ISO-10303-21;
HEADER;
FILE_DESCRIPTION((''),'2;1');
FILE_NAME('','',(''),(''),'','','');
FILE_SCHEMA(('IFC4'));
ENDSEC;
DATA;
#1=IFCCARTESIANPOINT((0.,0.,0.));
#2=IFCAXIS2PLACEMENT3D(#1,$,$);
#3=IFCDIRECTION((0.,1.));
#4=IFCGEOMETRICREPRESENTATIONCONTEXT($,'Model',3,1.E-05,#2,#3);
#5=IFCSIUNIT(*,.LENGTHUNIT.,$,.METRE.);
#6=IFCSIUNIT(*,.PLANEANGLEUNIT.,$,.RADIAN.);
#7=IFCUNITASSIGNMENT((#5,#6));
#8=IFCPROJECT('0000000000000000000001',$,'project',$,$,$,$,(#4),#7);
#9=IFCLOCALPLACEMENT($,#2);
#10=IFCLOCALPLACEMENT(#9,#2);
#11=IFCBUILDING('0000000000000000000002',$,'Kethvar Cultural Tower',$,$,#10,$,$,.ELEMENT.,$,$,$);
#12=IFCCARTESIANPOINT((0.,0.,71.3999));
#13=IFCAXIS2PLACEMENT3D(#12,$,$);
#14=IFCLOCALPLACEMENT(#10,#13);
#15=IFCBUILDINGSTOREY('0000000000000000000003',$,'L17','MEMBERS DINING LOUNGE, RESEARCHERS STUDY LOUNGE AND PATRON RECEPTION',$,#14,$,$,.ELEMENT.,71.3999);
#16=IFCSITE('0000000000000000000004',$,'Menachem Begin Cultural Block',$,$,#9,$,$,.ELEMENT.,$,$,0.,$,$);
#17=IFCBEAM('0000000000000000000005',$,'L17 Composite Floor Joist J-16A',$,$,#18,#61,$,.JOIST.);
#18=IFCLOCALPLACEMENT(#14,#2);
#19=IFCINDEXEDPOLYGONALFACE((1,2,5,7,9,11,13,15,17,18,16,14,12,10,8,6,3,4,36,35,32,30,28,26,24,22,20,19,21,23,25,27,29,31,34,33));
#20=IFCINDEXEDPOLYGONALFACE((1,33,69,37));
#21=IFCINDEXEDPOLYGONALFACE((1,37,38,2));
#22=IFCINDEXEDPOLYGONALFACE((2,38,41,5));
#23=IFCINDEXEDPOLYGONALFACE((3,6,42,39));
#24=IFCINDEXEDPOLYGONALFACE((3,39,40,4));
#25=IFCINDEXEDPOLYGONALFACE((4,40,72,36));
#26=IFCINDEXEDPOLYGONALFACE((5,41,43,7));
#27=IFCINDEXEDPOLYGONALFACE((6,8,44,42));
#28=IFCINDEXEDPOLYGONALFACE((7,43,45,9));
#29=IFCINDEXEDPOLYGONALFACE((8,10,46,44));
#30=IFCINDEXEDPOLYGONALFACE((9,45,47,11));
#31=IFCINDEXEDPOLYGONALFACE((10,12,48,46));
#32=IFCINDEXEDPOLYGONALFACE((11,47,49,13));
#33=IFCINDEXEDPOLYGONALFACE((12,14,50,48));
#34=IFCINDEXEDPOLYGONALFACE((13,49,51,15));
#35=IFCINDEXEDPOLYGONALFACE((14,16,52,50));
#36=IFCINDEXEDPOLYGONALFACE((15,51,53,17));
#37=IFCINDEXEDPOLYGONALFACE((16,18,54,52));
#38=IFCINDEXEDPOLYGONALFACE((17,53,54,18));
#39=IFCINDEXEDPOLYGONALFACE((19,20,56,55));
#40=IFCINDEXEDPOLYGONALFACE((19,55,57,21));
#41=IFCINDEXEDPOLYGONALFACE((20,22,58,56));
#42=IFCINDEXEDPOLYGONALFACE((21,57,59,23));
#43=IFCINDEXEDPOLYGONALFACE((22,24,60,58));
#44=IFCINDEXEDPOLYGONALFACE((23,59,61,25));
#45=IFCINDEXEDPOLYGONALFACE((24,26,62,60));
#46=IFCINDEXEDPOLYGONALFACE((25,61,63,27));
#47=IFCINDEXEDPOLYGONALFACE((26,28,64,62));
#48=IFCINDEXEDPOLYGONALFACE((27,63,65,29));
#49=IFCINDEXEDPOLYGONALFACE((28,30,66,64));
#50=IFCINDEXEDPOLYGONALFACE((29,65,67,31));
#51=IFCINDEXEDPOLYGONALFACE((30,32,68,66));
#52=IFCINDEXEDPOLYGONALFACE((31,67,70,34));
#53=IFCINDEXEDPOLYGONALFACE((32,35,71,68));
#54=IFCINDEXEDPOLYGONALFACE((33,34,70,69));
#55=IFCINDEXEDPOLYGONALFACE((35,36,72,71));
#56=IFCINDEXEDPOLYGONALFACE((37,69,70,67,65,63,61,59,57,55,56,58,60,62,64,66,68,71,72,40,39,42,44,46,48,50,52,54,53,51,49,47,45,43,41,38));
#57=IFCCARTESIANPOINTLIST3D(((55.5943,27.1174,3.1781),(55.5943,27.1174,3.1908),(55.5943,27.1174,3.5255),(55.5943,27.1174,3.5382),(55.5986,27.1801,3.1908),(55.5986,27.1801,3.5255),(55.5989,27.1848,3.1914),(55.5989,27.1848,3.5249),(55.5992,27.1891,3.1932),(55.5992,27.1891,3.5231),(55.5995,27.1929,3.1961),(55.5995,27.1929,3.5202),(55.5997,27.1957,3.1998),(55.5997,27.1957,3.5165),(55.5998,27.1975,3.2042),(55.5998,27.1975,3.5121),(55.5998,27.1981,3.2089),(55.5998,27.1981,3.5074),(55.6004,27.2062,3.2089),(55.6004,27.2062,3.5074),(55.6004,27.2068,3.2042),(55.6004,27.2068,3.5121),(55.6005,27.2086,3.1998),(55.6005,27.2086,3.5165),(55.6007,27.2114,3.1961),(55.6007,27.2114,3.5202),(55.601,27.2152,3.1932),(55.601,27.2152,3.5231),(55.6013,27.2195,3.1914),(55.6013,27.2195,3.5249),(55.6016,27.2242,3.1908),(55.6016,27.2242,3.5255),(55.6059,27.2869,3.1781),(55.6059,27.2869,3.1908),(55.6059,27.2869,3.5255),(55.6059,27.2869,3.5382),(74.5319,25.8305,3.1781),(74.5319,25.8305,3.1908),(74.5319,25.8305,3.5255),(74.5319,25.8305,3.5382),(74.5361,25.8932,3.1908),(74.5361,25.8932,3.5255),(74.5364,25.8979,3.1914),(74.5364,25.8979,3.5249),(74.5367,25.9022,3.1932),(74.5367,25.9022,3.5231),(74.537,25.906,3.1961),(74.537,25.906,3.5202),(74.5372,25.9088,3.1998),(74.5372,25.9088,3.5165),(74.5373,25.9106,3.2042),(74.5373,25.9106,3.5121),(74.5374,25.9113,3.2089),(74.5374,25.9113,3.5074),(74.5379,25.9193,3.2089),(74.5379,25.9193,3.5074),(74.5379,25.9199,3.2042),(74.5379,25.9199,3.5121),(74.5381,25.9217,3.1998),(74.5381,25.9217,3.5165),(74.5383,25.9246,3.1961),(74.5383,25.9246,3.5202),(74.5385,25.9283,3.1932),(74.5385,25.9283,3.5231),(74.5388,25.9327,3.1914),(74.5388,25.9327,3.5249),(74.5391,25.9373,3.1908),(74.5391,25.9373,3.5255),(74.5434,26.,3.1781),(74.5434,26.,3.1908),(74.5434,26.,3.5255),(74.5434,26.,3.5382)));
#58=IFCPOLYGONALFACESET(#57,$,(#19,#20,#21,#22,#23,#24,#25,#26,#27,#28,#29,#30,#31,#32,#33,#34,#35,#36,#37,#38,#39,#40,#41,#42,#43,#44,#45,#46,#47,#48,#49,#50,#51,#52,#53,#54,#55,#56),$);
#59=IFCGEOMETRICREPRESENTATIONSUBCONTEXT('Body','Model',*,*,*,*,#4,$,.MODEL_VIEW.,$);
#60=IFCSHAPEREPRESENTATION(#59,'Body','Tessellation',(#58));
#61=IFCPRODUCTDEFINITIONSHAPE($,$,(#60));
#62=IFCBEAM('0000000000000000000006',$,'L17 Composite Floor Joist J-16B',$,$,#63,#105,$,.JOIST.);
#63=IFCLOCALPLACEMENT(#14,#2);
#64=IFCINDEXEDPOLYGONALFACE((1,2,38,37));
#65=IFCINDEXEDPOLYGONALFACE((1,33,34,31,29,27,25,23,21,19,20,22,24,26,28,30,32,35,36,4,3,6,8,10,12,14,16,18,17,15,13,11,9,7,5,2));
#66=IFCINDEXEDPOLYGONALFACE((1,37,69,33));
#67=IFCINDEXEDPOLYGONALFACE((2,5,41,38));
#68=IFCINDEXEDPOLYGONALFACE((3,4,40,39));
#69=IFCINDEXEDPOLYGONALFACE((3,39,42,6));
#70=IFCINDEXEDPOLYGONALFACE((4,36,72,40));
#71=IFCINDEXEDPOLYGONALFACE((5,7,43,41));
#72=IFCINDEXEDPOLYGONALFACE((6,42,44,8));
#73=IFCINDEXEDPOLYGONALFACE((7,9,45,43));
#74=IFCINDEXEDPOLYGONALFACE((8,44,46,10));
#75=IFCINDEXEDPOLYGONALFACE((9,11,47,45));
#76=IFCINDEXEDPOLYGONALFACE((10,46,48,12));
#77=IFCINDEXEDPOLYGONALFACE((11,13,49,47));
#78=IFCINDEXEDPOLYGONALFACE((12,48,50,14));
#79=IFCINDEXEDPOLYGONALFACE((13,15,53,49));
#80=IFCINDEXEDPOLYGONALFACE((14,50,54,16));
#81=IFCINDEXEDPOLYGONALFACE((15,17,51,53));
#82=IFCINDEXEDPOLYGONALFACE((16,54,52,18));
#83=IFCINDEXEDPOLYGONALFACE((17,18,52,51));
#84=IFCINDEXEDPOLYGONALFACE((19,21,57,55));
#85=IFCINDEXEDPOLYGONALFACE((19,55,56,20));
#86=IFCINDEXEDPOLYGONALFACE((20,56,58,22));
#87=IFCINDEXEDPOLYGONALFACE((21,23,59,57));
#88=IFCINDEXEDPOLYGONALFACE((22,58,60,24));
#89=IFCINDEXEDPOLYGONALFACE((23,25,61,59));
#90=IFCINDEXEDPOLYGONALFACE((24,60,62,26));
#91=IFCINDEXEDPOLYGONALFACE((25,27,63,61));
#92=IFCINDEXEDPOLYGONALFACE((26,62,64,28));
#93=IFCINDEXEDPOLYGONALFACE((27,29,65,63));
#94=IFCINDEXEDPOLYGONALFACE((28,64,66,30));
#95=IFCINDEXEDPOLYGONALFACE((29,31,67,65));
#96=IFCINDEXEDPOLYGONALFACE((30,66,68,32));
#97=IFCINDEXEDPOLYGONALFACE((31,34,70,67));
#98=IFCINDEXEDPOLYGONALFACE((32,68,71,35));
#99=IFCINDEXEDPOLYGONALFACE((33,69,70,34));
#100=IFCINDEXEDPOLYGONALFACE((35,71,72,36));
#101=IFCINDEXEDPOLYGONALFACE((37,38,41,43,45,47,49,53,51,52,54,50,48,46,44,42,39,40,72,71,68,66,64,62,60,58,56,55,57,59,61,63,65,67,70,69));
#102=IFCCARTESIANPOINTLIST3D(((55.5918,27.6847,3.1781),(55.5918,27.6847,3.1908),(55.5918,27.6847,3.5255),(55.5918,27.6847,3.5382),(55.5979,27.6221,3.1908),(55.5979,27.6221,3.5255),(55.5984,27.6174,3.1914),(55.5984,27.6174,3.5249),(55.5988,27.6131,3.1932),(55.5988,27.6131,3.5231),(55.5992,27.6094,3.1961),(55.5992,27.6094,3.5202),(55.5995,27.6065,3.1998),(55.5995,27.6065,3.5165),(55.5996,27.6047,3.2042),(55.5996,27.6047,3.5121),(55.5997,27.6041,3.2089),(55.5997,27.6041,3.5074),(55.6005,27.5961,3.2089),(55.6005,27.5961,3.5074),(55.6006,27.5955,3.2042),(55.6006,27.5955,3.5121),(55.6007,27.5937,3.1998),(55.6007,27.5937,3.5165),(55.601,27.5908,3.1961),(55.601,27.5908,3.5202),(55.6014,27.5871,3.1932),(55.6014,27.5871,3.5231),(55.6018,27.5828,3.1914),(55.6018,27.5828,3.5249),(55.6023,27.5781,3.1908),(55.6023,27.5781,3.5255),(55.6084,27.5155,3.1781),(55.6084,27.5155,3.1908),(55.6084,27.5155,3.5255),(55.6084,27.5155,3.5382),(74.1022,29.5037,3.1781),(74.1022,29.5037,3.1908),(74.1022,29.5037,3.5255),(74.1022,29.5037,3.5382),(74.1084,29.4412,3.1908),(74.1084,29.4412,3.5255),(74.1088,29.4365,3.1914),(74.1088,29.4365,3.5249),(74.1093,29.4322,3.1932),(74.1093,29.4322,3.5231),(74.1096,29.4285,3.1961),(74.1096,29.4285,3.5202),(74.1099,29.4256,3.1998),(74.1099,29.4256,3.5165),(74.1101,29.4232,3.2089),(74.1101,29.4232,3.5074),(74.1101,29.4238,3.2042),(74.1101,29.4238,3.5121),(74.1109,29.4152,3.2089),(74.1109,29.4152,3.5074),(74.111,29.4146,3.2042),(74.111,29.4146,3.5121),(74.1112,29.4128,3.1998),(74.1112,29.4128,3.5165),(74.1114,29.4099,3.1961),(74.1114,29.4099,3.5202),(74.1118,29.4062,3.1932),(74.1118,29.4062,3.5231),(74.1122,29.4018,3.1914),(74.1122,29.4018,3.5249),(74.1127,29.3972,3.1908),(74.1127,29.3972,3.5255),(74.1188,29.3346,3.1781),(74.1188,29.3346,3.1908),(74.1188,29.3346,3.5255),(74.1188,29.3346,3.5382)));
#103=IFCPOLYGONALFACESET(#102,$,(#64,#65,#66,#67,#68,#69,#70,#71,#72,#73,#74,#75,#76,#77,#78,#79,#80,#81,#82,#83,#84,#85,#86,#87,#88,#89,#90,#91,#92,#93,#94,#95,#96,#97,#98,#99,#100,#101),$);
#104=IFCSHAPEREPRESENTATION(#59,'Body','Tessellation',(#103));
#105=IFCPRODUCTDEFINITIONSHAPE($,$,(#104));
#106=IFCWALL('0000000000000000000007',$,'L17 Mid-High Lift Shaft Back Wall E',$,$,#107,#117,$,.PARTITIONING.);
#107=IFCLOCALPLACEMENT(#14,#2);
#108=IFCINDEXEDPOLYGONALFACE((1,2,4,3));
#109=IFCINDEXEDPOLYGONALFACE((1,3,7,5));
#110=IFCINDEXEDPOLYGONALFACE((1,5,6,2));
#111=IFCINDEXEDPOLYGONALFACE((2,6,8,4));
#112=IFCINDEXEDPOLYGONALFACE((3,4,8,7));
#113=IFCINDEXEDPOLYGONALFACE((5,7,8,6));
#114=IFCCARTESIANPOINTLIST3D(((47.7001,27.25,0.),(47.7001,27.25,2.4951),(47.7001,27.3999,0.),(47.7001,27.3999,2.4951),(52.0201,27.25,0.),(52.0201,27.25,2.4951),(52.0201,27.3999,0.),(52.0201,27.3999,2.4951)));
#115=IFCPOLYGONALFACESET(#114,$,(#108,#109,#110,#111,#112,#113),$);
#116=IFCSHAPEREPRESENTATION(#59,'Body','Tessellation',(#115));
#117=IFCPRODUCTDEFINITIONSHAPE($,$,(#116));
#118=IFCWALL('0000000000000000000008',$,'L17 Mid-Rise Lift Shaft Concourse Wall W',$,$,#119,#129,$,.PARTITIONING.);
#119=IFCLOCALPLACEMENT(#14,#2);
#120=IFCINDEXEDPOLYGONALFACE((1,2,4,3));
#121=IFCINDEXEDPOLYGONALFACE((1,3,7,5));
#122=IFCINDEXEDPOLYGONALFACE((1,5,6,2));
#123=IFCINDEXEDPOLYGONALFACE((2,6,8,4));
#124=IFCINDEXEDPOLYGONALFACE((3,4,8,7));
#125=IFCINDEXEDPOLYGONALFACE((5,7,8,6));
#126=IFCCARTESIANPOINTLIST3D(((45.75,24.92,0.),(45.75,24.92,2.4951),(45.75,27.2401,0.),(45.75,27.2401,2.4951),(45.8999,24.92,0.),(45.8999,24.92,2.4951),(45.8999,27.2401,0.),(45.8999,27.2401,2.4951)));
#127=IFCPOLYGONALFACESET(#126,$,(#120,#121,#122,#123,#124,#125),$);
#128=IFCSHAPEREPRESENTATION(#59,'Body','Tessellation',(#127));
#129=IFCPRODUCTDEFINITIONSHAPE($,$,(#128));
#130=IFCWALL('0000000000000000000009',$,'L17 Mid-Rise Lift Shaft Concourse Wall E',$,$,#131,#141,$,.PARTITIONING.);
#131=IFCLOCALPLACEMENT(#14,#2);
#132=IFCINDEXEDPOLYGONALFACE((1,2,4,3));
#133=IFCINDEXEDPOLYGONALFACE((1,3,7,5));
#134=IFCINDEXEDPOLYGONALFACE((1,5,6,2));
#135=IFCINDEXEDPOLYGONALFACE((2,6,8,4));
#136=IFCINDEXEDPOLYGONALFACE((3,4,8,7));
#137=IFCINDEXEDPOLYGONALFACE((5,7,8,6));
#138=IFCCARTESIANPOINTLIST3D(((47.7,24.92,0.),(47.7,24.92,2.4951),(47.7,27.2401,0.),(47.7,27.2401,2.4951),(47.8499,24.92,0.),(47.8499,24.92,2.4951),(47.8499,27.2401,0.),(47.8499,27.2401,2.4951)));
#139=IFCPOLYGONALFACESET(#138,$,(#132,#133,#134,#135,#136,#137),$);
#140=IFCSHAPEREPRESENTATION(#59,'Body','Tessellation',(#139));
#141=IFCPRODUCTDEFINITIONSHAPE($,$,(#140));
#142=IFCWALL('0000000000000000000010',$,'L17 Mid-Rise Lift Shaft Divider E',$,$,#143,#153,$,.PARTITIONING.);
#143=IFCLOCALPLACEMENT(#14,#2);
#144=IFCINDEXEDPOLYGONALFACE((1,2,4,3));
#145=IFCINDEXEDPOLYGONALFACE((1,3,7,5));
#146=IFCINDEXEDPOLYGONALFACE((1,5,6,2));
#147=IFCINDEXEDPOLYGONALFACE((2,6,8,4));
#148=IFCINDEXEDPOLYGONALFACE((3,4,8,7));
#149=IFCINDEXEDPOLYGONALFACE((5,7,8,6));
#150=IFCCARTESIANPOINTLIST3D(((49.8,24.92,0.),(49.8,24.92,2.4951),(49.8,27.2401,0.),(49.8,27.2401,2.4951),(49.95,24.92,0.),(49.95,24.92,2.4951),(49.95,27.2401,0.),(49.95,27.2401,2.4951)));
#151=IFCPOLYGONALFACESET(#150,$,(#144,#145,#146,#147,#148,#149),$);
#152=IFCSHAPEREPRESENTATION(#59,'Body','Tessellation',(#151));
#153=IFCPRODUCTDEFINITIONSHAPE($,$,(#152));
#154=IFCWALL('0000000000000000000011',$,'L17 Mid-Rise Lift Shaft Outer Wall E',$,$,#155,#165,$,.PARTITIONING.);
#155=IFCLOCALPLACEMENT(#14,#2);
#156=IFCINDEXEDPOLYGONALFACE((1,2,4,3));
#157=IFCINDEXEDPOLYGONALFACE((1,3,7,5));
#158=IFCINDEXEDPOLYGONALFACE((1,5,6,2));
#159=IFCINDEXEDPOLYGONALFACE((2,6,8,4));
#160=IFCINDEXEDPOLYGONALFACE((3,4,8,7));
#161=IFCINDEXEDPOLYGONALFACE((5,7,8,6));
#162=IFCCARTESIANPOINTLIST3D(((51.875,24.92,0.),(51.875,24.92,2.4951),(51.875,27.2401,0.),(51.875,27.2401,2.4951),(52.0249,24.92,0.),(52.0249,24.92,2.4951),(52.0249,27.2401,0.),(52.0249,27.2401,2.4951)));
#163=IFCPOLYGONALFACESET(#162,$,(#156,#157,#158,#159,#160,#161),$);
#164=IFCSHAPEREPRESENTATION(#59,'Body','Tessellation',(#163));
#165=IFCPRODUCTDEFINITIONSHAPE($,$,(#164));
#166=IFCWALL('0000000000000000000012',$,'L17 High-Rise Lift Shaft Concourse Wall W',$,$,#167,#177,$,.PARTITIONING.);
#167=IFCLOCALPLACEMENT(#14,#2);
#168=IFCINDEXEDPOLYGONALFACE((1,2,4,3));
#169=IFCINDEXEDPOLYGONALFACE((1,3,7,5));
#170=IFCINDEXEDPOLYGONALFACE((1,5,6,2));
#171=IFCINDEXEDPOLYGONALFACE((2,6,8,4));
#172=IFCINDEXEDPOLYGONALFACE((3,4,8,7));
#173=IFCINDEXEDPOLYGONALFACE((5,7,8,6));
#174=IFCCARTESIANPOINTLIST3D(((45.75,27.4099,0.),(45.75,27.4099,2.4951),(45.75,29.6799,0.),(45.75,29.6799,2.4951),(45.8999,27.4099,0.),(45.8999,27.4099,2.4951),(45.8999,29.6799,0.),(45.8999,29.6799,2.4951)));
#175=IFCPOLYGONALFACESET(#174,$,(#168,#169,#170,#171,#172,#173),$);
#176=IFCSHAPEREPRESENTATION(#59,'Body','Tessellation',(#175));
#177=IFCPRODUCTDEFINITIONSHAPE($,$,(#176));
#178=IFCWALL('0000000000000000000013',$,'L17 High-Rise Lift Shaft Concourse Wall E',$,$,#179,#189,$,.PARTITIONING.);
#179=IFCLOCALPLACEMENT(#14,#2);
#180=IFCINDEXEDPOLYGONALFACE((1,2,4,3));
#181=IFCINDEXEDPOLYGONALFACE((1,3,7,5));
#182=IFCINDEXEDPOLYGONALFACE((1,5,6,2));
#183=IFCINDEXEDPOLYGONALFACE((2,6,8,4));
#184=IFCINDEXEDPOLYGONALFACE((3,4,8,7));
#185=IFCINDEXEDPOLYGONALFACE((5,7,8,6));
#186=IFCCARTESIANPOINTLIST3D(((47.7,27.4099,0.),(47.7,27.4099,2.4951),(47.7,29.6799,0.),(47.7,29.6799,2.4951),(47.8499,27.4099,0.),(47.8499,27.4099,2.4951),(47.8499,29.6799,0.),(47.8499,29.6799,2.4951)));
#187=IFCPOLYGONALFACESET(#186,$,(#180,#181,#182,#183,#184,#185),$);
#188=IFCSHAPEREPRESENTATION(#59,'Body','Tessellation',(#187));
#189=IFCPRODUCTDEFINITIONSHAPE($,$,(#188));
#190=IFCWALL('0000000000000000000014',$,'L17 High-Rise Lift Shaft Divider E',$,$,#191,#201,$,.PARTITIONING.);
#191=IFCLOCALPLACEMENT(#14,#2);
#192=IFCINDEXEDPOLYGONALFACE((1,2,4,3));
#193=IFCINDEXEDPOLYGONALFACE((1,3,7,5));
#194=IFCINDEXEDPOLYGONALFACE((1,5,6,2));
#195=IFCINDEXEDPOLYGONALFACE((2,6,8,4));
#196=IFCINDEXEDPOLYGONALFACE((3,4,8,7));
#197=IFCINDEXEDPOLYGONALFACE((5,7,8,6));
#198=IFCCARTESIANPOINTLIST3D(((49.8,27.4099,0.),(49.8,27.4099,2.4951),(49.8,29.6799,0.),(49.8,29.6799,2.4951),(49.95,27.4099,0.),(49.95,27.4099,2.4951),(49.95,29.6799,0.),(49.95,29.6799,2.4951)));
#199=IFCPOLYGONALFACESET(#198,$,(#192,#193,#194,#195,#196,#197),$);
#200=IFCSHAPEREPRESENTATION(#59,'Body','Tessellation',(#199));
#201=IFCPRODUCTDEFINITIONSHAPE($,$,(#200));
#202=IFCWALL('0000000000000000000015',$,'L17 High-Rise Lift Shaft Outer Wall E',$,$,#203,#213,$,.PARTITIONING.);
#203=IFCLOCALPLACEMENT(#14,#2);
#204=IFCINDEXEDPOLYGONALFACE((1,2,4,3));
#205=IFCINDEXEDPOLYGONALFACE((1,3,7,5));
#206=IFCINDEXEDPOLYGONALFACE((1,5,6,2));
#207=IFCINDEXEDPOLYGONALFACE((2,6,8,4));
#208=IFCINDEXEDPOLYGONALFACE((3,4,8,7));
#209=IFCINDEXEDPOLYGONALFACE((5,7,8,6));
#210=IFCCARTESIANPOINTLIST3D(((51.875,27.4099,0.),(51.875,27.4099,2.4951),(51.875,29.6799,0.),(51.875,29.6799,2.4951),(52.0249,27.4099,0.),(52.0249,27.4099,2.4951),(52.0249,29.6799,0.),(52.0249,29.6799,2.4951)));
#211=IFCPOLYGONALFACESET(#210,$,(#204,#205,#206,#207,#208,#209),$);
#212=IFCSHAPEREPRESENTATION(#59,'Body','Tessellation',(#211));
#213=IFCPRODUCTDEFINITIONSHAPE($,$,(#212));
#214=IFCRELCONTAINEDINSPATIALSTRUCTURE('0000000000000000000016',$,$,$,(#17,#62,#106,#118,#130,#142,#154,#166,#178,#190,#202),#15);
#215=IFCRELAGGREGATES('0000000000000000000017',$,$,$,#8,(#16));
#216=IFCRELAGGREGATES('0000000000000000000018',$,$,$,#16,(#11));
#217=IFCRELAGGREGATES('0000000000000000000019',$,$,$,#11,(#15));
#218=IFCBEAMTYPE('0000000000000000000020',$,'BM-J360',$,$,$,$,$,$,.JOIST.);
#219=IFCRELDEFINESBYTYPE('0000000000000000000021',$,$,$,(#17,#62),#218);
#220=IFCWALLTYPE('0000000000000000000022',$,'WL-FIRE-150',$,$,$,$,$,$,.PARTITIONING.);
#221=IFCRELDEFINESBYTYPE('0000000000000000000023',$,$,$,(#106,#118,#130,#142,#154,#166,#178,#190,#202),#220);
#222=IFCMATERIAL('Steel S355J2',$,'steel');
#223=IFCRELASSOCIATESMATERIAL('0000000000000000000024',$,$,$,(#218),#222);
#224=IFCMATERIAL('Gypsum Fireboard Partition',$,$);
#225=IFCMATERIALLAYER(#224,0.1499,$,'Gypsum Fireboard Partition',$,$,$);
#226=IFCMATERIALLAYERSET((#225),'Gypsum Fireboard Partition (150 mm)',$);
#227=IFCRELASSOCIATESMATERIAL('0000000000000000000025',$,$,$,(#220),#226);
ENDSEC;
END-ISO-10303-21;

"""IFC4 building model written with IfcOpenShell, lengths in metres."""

from ifc_helpers import new_model, si_unit, direction, frame, frame_2d, origin, origin_2d, place, context, subcontext, project, spatial, rectangle, i_section, extrude, source, transform, mapped, material, layer, layer_set, material_profile, profile_set, type_object, element, save


model = new_model("IFC4")

# Units and contexts
model_context = context("Model", 3, precision=1e-05, world=origin(), true_north=direction((0.0, 1.0)))
body_context = subcontext(model_context, "Body", "Model", "MODEL_VIEW")
ifc_project = project(units=[si_unit("LENGTHUNIT", "METRE"), si_unit("PLANEANGLEUNIT", "RADIAN")], contexts=[model_context])

# Site, building, storey
site_placement = place(None, origin())
site = spatial("IfcSite", under=ifc_project, at=site_placement, Name="Menachem Begin Cultural Block", CompositionType="ELEMENT", RefElevation=0.0)
building_placement = place(site_placement, origin())
building = spatial("IfcBuilding", under=site, at=building_placement, Name="Kethvar Cultural Tower", CompositionType="ELEMENT")
storey_placement = place(building_placement, frame((0.0, 0.0, 71.3999)))
storey = spatial("IfcBuildingStorey", under=building, at=storey_placement, Name="L17", Description="MEMBERS DINING LOUNGE, RESEARCHERS STUDY LOUNGE AND PATRON RECEPTION", CompositionType="ELEMENT", Elevation=71.3999)

# Beams
ifc_material_1 = material(Name="Steel S355J2", Category="steel")
ifc_material_profile_1 = material_profile(ifc_material_1, i_section(OverallWidth=0.1699, OverallDepth=0.3601, WebThickness=0.0081, FlangeThickness=0.0127, FilletRadius=0.0181, at=origin_2d()), Name="Steel S355J2 — IPE360")
ifc_profile_set_1 = profile_set([ifc_material_profile_1], Name="Steel S355J2 — IPE360")
beam_type_1 = type_object("IfcBeamType", Name="BM-J360", PredefinedType="JOIST", material=ifc_profile_set_1)
shared_shape_1 = source(origin(), body_context, "Body", "SweptSolid", [
    extrude(i_section(OverallWidth=0.1699, OverallDepth=0.3601, WebThickness=0.0081, FlangeThickness=0.0127, FilletRadius=0.0181, at=origin_2d()), origin(), (0.0, 0.0, 1.0), 18.9812),
])
beam_1_placement = place(storey_placement, frame((55.6001, 27.2021, 3.3582), z_axis=(0.997699, -0.067797, 0.0), x_axis=(0.067797, 0.997699, 0.0)))
element("IfcBeam", 1, at=beam_1_placement, inside=storey, type_object=beam_type_1, Name="L17 Composite Floor Joist J-16A", PredefinedType="JOIST", context=body_context, shape_type="MappedRepresentation", body=[
    mapped(shared_shape_1, transform((0.0, 0.0, 0.0), scale=1.0)),
])
shared_shape_2 = source(origin(), body_context, "Body", "SweptSolid", [
    extrude(i_section(OverallWidth=0.1699, OverallDepth=0.3601, WebThickness=0.0081, FlangeThickness=0.0127, FilletRadius=0.0181, at=origin_2d()), origin(), (0.0, 0.0, 1.0), 18.5996),
])
beam_2_placement = place(storey_placement, frame((55.6001, 27.6001, 3.3582), z_axis=(0.995206, 0.097802, 0.0), x_axis=(-0.097802, 0.995206, 0.0)))
element("IfcBeam", 2, at=beam_2_placement, inside=storey, type_object=beam_type_1, Name="L17 Composite Floor Joist J-16B", PredefinedType="JOIST", context=body_context, shape_type="MappedRepresentation", body=[
    mapped(shared_shape_2, transform((0.0, 0.0, 0.0), scale=1.0)),
])

# Walls
ifc_material_2 = material(Name="Gypsum Fireboard Partition")
ifc_layer_1 = layer(ifc_material_2, 0.1499, Name="Gypsum Fireboard Partition")
ifc_layer_set_1 = layer_set([ifc_layer_1], Name="Gypsum Fireboard Partition (150 mm)")
wall_type_1 = type_object("IfcWallType", Name="WL-FIRE-150", PredefinedType="PARTITIONING", material=ifc_layer_set_1)
wall_1_placement = place(storey_placement, frame((47.7, 27.325, 0.0), z_axis=(0.0, 0.0, 1.0), x_axis=(1.0, 0.0, 0.0)))
element("IfcWall", 3, at=wall_1_placement, inside=storey, type_object=wall_type_1, Name="L17 Mid-High Lift Shaft Back Wall E", PredefinedType="PARTITIONING", context=body_context, shape_type="SweptSolid", body=[
    extrude(rectangle(XDim=4.3201, YDim=0.1499, at=frame_2d((2.1602, 0.0))), origin(), (0.0, 0.0, 1.0), 2.4951),
])
for number, where, z_axis, x_axis, name in (
    (4, (45.825, 24.9199, 0.0), (0.0, 0.0, 1.0), (0.0, 1.0, 0.0), "L17 Mid-Rise Lift Shaft Concourse Wall W"),
    (5, (47.7749, 24.9199, 0.0), (0.0, 0.0, 1.0), (0.0, 1.0, 0.0), "L17 Mid-Rise Lift Shaft Concourse Wall E"),
    (6, (49.875, 24.9199, 0.0), (0.0, 0.0, 1.0), (0.0, 1.0, 0.0), "L17 Mid-Rise Lift Shaft Divider E"),
    (7, (51.95, 24.9199, 0.0), (0.0, 0.0, 1.0), (0.0, 1.0, 0.0), "L17 Mid-Rise Lift Shaft Outer Wall E"),
):
    element("IfcWall", number, at=place(storey_placement, frame(where, z_axis=z_axis, x_axis=x_axis)), inside=storey, type_object=wall_type_1, Name=name, PredefinedType="PARTITIONING", context=body_context, shape_type="SweptSolid", body=[
        extrude(rectangle(XDim=2.3201, YDim=0.1499, at=frame_2d((1.1602, 0.0))), origin(), (0.0, 0.0, 1.0), 2.4951),
    ])
for number, where, z_axis, x_axis, name in (
    (8, (45.825, 27.4099, 0.0), (0.0, 0.0, 1.0), (0.0, 1.0, 0.0), "L17 High-Rise Lift Shaft Concourse Wall W"),
    (9, (47.7749, 27.4099, 0.0), (0.0, 0.0, 1.0), (0.0, 1.0, 0.0), "L17 High-Rise Lift Shaft Concourse Wall E"),
    (10, (49.875, 27.4099, 0.0), (0.0, 0.0, 1.0), (0.0, 1.0, 0.0), "L17 High-Rise Lift Shaft Divider E"),
    (11, (51.95, 27.4099, 0.0), (0.0, 0.0, 1.0), (0.0, 1.0, 0.0), "L17 High-Rise Lift Shaft Outer Wall E"),
):
    element("IfcWall", number, at=place(storey_placement, frame(where, z_axis=z_axis, x_axis=x_axis)), inside=storey, type_object=wall_type_1, Name=name, PredefinedType="PARTITIONING", context=body_context, shape_type="SweptSolid", body=[
        extrude(rectangle(XDim=2.27, YDim=0.1499, at=frame_2d((1.135, 0.0))), origin(), (0.0, 0.0, 1.0), 2.4951),
    ])

save(model, "model.ifc")
